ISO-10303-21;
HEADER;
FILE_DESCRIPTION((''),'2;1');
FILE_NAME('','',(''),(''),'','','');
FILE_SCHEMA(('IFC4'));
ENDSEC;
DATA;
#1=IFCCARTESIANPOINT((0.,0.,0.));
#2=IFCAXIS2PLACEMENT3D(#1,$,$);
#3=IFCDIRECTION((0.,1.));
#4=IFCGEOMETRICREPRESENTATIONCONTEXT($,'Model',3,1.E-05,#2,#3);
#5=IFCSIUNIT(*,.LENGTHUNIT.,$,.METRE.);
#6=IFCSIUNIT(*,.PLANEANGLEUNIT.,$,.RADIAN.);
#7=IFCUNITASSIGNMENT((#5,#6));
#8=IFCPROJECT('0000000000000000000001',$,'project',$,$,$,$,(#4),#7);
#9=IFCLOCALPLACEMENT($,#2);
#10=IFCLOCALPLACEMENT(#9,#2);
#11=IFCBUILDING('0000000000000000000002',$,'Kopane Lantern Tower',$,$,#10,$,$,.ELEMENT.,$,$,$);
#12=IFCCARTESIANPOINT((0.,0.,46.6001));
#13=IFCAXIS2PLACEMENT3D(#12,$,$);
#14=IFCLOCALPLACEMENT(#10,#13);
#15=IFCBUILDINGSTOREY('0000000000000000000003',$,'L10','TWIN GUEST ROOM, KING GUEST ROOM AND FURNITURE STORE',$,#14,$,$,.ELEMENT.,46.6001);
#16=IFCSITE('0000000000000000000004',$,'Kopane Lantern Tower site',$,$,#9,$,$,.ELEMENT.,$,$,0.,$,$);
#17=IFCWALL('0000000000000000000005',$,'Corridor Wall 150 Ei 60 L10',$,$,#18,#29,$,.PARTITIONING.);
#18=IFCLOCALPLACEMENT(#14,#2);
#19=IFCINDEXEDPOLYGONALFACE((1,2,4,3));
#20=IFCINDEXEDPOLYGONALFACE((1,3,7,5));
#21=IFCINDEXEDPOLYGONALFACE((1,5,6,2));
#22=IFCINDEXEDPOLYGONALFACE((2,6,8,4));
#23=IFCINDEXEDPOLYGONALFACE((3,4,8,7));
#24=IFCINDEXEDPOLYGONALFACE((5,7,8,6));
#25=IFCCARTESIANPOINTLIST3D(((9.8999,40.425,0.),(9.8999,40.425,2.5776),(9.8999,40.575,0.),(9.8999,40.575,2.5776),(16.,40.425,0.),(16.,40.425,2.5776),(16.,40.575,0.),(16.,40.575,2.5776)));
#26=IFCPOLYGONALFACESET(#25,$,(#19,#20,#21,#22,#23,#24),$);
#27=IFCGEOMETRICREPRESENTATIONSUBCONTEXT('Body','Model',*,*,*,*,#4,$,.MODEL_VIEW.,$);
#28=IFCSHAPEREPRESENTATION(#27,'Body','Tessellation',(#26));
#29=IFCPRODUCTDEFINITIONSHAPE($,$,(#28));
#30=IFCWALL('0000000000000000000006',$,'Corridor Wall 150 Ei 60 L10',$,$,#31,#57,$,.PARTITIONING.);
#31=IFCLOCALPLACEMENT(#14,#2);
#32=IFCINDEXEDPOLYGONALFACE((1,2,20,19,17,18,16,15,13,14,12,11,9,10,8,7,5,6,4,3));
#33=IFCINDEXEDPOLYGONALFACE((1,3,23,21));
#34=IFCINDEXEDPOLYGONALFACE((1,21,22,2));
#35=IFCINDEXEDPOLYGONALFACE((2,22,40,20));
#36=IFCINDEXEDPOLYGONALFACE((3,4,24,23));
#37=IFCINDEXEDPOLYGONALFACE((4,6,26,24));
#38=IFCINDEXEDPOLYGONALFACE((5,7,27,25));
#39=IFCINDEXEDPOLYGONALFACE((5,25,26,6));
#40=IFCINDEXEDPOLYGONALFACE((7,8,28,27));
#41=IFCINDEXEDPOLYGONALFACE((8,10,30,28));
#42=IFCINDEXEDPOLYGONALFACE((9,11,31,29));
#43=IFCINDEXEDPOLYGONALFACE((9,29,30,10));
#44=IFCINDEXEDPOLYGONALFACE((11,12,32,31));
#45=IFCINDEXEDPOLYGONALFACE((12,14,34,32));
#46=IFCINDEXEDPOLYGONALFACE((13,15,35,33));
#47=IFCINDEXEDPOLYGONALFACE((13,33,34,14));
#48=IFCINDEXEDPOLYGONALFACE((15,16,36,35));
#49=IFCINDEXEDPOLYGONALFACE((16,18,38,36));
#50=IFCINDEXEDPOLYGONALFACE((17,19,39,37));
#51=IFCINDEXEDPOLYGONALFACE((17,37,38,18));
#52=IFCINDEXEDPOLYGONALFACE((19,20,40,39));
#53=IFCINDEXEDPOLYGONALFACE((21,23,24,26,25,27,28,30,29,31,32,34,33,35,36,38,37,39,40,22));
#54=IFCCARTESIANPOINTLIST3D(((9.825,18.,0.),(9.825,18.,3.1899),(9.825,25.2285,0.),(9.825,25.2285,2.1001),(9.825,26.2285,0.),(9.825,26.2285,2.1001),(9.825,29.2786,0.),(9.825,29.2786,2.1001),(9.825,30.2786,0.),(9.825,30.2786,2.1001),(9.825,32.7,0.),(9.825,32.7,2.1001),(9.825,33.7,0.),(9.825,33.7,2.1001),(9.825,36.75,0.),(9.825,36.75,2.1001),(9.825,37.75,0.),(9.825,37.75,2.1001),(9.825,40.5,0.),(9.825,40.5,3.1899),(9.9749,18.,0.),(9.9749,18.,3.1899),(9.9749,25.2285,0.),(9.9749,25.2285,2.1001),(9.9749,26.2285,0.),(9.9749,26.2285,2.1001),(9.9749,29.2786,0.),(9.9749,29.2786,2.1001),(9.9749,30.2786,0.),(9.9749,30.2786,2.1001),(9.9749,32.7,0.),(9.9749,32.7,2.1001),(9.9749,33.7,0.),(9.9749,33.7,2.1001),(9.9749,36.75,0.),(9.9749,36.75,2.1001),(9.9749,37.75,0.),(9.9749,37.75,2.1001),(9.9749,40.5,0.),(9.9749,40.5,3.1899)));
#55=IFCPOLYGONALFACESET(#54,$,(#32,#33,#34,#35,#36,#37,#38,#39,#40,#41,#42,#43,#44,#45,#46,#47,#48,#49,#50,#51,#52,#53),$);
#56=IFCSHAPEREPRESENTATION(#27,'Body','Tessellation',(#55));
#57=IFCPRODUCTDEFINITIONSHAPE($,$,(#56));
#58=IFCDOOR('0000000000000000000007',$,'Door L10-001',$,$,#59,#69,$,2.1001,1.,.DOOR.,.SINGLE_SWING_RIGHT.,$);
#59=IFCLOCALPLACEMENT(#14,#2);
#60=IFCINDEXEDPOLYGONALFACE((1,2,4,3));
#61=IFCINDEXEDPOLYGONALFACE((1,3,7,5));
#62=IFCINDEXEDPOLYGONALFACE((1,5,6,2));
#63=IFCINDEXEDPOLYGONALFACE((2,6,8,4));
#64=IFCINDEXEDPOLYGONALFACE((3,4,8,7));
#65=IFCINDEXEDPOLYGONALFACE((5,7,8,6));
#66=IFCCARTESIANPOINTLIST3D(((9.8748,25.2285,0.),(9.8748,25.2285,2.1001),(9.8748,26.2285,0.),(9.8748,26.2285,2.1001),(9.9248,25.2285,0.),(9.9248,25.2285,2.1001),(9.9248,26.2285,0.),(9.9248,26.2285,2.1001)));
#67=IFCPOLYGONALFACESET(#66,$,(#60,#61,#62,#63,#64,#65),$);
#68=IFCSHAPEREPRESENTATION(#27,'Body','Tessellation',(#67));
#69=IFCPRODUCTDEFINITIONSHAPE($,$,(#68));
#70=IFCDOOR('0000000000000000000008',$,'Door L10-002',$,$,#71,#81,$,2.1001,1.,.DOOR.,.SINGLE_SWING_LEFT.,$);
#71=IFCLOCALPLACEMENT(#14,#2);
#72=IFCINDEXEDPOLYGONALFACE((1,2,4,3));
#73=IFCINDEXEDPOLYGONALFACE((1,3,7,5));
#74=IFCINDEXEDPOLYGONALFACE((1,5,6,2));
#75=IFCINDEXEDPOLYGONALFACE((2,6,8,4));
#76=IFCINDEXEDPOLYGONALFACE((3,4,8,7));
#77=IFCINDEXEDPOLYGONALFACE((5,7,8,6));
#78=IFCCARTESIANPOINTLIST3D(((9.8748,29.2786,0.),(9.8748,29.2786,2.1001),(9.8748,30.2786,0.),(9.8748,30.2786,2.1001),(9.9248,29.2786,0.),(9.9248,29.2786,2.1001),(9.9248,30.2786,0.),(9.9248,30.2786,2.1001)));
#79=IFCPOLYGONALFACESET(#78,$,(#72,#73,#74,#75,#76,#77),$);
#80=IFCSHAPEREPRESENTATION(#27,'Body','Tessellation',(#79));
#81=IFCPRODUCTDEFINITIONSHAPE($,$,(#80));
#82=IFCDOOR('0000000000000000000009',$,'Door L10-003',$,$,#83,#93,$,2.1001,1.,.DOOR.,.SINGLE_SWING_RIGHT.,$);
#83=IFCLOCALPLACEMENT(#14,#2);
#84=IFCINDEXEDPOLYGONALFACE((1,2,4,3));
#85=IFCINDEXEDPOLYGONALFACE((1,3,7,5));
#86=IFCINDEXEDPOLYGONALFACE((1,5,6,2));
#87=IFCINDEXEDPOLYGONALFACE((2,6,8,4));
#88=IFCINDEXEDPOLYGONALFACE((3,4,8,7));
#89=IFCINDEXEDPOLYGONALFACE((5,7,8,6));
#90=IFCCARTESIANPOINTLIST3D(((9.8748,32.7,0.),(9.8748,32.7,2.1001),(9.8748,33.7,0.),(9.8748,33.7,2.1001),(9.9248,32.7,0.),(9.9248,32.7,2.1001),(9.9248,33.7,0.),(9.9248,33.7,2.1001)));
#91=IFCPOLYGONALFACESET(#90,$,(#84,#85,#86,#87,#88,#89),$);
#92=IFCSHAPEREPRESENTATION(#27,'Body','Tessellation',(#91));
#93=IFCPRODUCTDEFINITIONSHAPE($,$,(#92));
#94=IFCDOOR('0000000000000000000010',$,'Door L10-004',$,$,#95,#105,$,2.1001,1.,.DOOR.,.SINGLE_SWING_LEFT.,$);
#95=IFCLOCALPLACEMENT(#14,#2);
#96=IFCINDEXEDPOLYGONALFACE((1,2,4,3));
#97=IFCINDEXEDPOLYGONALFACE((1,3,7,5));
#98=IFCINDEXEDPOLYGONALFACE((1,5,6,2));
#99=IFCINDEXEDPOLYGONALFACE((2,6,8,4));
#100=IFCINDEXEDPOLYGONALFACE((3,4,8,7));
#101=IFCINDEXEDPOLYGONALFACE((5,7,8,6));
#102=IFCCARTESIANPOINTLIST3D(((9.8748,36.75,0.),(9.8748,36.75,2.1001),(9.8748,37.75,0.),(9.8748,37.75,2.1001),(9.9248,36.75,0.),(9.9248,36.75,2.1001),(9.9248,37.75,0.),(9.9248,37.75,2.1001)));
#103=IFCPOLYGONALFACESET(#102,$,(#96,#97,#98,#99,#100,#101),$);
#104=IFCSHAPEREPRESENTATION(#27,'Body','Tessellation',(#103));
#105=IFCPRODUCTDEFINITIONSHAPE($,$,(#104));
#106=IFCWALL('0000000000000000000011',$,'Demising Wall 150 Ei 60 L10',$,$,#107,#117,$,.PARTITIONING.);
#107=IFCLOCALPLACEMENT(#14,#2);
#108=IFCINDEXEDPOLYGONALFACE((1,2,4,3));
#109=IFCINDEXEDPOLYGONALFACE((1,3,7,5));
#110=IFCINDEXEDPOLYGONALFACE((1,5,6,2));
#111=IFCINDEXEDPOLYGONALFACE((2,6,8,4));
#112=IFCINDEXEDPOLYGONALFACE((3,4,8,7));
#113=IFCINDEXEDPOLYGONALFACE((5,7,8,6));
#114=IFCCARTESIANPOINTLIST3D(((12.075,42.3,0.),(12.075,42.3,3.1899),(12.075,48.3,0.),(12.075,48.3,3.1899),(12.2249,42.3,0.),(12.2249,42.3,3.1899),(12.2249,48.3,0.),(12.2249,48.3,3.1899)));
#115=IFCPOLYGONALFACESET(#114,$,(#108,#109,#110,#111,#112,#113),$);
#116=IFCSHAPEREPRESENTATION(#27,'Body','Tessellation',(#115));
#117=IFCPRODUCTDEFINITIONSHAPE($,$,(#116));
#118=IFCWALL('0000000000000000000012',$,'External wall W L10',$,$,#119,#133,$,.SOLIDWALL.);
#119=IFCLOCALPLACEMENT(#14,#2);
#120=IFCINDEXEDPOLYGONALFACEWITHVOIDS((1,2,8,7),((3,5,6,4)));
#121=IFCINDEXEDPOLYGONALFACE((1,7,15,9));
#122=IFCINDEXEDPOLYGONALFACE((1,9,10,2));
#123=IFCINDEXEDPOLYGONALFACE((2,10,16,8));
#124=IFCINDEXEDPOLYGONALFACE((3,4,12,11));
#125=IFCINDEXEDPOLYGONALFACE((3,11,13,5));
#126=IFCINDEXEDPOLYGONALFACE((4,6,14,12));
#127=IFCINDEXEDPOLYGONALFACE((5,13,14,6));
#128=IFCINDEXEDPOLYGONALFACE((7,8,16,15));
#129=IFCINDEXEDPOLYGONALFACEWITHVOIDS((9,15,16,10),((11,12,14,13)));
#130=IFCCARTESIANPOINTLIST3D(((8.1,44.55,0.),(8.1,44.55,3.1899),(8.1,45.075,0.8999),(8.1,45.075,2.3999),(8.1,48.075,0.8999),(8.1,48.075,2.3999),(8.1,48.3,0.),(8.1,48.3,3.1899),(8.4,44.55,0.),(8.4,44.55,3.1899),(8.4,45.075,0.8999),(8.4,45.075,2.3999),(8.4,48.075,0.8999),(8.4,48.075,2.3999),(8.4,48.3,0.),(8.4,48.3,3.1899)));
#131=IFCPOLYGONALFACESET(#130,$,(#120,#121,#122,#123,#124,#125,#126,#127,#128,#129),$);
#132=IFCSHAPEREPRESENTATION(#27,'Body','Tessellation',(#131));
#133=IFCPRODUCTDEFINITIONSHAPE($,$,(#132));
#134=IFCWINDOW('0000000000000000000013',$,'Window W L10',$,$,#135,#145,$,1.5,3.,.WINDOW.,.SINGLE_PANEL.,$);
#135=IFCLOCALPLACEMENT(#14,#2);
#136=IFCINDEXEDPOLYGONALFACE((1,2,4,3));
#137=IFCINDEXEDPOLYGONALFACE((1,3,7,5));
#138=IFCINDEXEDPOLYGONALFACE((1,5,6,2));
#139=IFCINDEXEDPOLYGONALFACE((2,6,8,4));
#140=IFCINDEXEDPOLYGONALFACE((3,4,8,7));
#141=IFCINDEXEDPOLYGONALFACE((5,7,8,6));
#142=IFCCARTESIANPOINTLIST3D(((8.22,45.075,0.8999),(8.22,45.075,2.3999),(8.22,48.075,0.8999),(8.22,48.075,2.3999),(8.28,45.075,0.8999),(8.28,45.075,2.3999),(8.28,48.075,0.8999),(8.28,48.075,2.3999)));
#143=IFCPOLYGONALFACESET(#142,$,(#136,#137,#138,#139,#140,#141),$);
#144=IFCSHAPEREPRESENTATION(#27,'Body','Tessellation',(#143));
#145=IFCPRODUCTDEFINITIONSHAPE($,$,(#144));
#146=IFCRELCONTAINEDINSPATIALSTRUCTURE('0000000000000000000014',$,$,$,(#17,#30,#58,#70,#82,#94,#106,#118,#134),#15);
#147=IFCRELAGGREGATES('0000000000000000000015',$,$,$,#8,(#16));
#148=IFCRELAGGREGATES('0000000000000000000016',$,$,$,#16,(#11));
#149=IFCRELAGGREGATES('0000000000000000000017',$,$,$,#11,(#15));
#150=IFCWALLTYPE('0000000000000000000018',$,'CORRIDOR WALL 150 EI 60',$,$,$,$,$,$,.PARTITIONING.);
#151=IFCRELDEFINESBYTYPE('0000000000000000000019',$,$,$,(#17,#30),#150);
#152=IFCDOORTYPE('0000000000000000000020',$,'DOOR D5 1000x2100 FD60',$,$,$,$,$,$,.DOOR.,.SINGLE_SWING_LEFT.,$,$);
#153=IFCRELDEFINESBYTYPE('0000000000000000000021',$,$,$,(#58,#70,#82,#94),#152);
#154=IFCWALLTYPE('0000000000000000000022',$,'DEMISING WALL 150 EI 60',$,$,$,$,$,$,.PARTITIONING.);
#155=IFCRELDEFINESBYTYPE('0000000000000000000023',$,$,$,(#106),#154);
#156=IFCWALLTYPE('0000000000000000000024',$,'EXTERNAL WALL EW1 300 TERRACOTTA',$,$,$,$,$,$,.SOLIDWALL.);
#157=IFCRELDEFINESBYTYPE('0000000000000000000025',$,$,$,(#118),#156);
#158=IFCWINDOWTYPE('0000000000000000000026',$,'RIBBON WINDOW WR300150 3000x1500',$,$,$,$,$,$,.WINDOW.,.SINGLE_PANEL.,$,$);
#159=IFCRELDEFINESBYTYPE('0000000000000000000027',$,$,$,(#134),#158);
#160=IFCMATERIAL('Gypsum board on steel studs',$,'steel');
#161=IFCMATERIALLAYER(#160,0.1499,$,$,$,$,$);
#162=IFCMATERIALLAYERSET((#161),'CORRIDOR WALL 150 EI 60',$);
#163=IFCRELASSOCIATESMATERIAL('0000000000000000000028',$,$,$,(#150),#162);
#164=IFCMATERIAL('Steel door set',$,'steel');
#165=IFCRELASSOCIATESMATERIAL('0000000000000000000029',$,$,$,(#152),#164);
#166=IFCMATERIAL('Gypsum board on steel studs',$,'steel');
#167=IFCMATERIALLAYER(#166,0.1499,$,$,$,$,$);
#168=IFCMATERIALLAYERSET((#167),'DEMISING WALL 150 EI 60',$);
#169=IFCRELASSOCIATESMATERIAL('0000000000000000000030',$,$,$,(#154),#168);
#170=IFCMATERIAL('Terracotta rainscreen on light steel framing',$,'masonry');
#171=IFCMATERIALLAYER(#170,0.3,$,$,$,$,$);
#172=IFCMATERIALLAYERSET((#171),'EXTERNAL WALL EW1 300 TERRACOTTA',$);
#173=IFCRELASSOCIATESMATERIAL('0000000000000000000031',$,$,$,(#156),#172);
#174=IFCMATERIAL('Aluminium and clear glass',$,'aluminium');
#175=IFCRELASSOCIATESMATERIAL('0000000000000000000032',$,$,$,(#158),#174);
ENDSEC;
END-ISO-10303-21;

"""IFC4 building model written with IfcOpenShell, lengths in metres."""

from ifc_helpers import new_model, si_unit, direction, frame, frame_2d, origin, place, context, subcontext, project, spatial, rectangle, extrude, material, layer, layer_set, type_object, element, fill, save


model = new_model("IFC4")

# Units and contexts
model_context = context("Model", 3, precision=1e-05, world=origin(), true_north=direction((0.0, 1.0)))
body_context = subcontext(model_context, "Body", "Model", "MODEL_VIEW")
ifc_project = project(units=[si_unit("LENGTHUNIT", "METRE"), si_unit("PLANEANGLEUNIT", "RADIAN")], contexts=[model_context])

# Site, building, storey
site_placement = place(None, origin())
site = spatial("IfcSite", under=ifc_project, at=site_placement, Name="Kopane Lantern Tower site", CompositionType="ELEMENT", RefElevation=0.0)
building_placement = place(site_placement, origin())
building = spatial("IfcBuilding", under=site, at=building_placement, Name="Kopane Lantern Tower", CompositionType="ELEMENT")
storey_placement = place(building_placement, frame((0.0, 0.0, 46.6001)))
storey = spatial("IfcBuildingStorey", under=building, at=storey_placement, Name="L10", Description="TWIN GUEST ROOM, KING GUEST ROOM AND FURNITURE STORE", CompositionType="ELEMENT", Elevation=46.6001)

# Wall
ifc_material_1 = material(Name="Gypsum board on steel studs", Category="steel")
ifc_layer_1 = layer(ifc_material_1, 0.1499)
ifc_layer_set_1 = layer_set([ifc_layer_1], Name="CORRIDOR WALL 150 EI 60")
wall_type_1 = type_object("IfcWallType", Name="CORRIDOR WALL 150 EI 60", PredefinedType="PARTITIONING", material=ifc_layer_set_1)
wall_1_placement = place(storey_placement, frame((16.0, 40.5, 0.0), z_axis=(0.0, 0.0, 1.0), x_axis=(-1.0, 0.0, 0.0)))
element("IfcWall", 1, at=wall_1_placement, inside=storey, type_object=wall_type_1, Name="Corridor Wall 150 Ei 60 L10", PredefinedType="PARTITIONING", context=body_context, shape_type="SweptSolid", body=[
    extrude(rectangle(XDim=6.1001, YDim=0.1499, at=frame_2d((3.05, 0.0))), origin(), (0.0, 0.0, 1.0), 2.5776),
])

# Wall, openings, doors
wall_2_placement = place(storey_placement, frame((9.8999, 40.5, 0.0), z_axis=(0.0, 0.0, 1.0), x_axis=(0.0, -1.0, 0.0)))
wall_2 = element("IfcWall", 2, at=wall_2_placement, inside=storey, type_object=wall_type_1, Name="Corridor Wall 150 Ei 60 L10", PredefinedType="PARTITIONING", context=body_context, shape_type="SweptSolid", body=[
    extrude(rectangle(XDim=22.5, YDim=0.1499, at=frame_2d((11.25, 0.0))), origin(), (0.0, 0.0, 1.0), 3.1899),
])
opening_1_placement = place(wall_2_placement, frame((14.2715, 0.0, 0.0)))
opening_1 = element("IfcOpeningElement", 3, at=opening_1_placement, cuts=wall_2, PredefinedType="OPENING", context=body_context, shape_type="SweptSolid", body=[
    extrude(rectangle(XDim=1.0, YDim=2.1001, at=frame_2d((0.5, 1.05))), frame((0.0, 0.085, 0.0), z_axis=(0.0, -1.0, 0.0), x_axis=(1.0, 0.0, 0.0)), (0.0, 0.0, 1.0), 0.1699),
])
opening_2_placement = place(wall_2_placement, frame((10.2214, 0.0, 0.0)))
opening_2 = element("IfcOpeningElement", 4, at=opening_2_placement, cuts=wall_2, PredefinedType="OPENING", context=body_context, shape_type="SweptSolid", body=[
    extrude(rectangle(XDim=1.0, YDim=2.1001, at=frame_2d((0.5, 1.05))), frame((0.0, 0.085, 0.0), z_axis=(0.0, -1.0, 0.0), x_axis=(1.0, 0.0, 0.0)), (0.0, 0.0, 1.0), 0.1699),
])
opening_3_placement = place(wall_2_placement, frame((6.8, 0.0, 0.0)))
opening_3 = element("IfcOpeningElement", 5, at=opening_3_placement, cuts=wall_2, PredefinedType="OPENING", context=body_context, shape_type="SweptSolid", body=[
    extrude(rectangle(XDim=1.0, YDim=2.1001, at=frame_2d((0.5, 1.05))), frame((0.0, 0.085, 0.0), z_axis=(0.0, -1.0, 0.0), x_axis=(1.0, 0.0, 0.0)), (0.0, 0.0, 1.0), 0.1699),
])
opening_4_placement = place(wall_2_placement, frame((2.75, 0.0, 0.0)))
opening_4 = element("IfcOpeningElement", 6, at=opening_4_placement, cuts=wall_2, PredefinedType="OPENING", context=body_context, shape_type="SweptSolid", body=[
    extrude(rectangle(XDim=1.0, YDim=2.1001, at=frame_2d((0.5, 1.05))), frame((0.0, 0.085, 0.0), z_axis=(0.0, -1.0, 0.0), x_axis=(1.0, 0.0, 0.0)), (0.0, 0.0, 1.0), 0.1699),
])
ifc_material_2 = material(Name="Steel door set", Category="steel")
door_type_1 = type_object("IfcDoorType", Name="DOOR D5 1000x2100 FD60", OperationType="SINGLE_SWING_LEFT", PredefinedType="DOOR", material=ifc_material_2)
door_1_placement = place(opening_1_placement, origin())
door_1 = element("IfcDoor", 7, at=door_1_placement, inside=storey, type_object=door_type_1, Name="Door L10-001", OperationType="SINGLE_SWING_RIGHT", OverallHeight=2.1001, OverallWidth=1.0, PredefinedType="DOOR", context=body_context, shape_type="SweptSolid", body=[
    extrude(rectangle(XDim=1.0, YDim=2.1001, at=frame_2d((0.5, 1.05))), frame((0.0, 0.0249, 0.0), z_axis=(0.0, -1.0, 0.0), x_axis=(1.0, 0.0, 0.0)), (0.0, 0.0, 1.0), 0.05),
])
fill(opening_1, door_1)
door_2_placement = place(opening_2_placement, origin())
door_2 = element("IfcDoor", 8, at=door_2_placement, inside=storey, type_object=door_type_1, Name="Door L10-002", OperationType="SINGLE_SWING_LEFT", OverallHeight=2.1001, OverallWidth=1.0, PredefinedType="DOOR", context=body_context, shape_type="SweptSolid", body=[
    extrude(rectangle(XDim=1.0, YDim=2.1001, at=frame_2d((0.5, 1.05))), frame((0.0, 0.0249, 0.0), z_axis=(0.0, -1.0, 0.0), x_axis=(1.0, 0.0, 0.0)), (0.0, 0.0, 1.0), 0.05),
])
fill(opening_2, door_2)
door_3_placement = place(opening_3_placement, origin())
door_3 = element("IfcDoor", 9, at=door_3_placement, inside=storey, type_object=door_type_1, Name="Door L10-003", OperationType="SINGLE_SWING_RIGHT", OverallHeight=2.1001, OverallWidth=1.0, PredefinedType="DOOR", context=body_context, shape_type="SweptSolid", body=[
    extrude(rectangle(XDim=1.0, YDim=2.1001, at=frame_2d((0.5, 1.05))), frame((0.0, 0.0249, 0.0), z_axis=(0.0, -1.0, 0.0), x_axis=(1.0, 0.0, 0.0)), (0.0, 0.0, 1.0), 0.05),
])
fill(opening_3, door_3)
door_4_placement = place(opening_4_placement, origin())
door_4 = element("IfcDoor", 10, at=door_4_placement, inside=storey, type_object=door_type_1, Name="Door L10-004", OperationType="SINGLE_SWING_LEFT", OverallHeight=2.1001, OverallWidth=1.0, PredefinedType="DOOR", context=body_context, shape_type="SweptSolid", body=[
    extrude(rectangle(XDim=1.0, YDim=2.1001, at=frame_2d((0.5, 1.05))), frame((0.0, 0.0249, 0.0), z_axis=(0.0, -1.0, 0.0), x_axis=(1.0, 0.0, 0.0)), (0.0, 0.0, 1.0), 0.05),
])
fill(opening_4, door_4)

# Wall
ifc_material_3 = material(Name="Gypsum board on steel studs", Category="steel")
ifc_layer_2 = layer(ifc_material_3, 0.1499)
ifc_layer_set_2 = layer_set([ifc_layer_2], Name="DEMISING WALL 150 EI 60")
wall_type_2 = type_object("IfcWallType", Name="DEMISING WALL 150 EI 60", PredefinedType="PARTITIONING", material=ifc_layer_set_2)
wall_3_placement = place(storey_placement, frame((12.1499, 42.3, 0.0), z_axis=(0.0, 0.0, 1.0), x_axis=(0.0, 1.0, 0.0)))
element("IfcWall", 11, at=wall_3_placement, inside=storey, type_object=wall_type_2, Name="Demising Wall 150 Ei 60 L10", PredefinedType="PARTITIONING", context=body_context, shape_type="SweptSolid", body=[
    extrude(rectangle(XDim=6.0, YDim=0.1499, at=frame_2d((3.0, 0.0))), origin(), (0.0, 0.0, 1.0), 3.1899),
])

# Wall, opening, window
ifc_material_4 = material(Name="Terracotta rainscreen on light steel framing", Category="masonry")
ifc_layer_3 = layer(ifc_material_4, 0.3)
ifc_layer_set_3 = layer_set([ifc_layer_3], Name="EXTERNAL WALL EW1 300 TERRACOTTA")
wall_type_3 = type_object("IfcWallType", Name="EXTERNAL WALL EW1 300 TERRACOTTA", PredefinedType="SOLIDWALL", material=ifc_layer_set_3)
wall_4_placement = place(storey_placement, frame((8.25, 48.3, 0.0), z_axis=(0.0, 0.0, 1.0), x_axis=(0.0, -1.0, 0.0)))
wall_4 = element("IfcWall", 12, at=wall_4_placement, inside=storey, type_object=wall_type_3, Name="External wall W L10", PredefinedType="SOLIDWALL", context=body_context, shape_type="SweptSolid", body=[
    extrude(rectangle(XDim=3.75, YDim=0.3, at=frame_2d((1.875, 0.0))), origin(), (0.0, 0.0, 1.0), 3.1899),
])
opening_5_placement = place(wall_4_placement, frame((0.2251, 0.0, 0.8999)))
opening_5 = element("IfcOpeningElement", 13, at=opening_5_placement, cuts=wall_4, PredefinedType="OPENING", context=body_context, shape_type="SweptSolid", body=[
    extrude(rectangle(XDim=3.0, YDim=1.5, at=frame_2d((1.5, 0.75))), frame((0.0, 0.1599, 0.0), z_axis=(0.0, -1.0, 0.0), x_axis=(1.0, 0.0, 0.0)), (0.0, 0.0, 1.0), 0.3201),
])
ifc_material_5 = material(Name="Aluminium and clear glass", Category="aluminium")
window_type = type_object("IfcWindowType", Name="RIBBON WINDOW WR300150 3000x1500", PartitioningType="SINGLE_PANEL", PredefinedType="WINDOW", material=ifc_material_5)
window_1_placement = place(opening_5_placement, origin())
window_1 = element("IfcWindow", 14, at=window_1_placement, inside=storey, type_object=window_type, Name="Window W L10", OverallHeight=1.5, OverallWidth=3.0, PartitioningType="SINGLE_PANEL", PredefinedType="WINDOW", context=body_context, shape_type="SweptSolid", body=[
    extrude(rectangle(XDim=3.0, YDim=1.5, at=frame_2d((1.5, 0.75))), frame((0.0, 0.03, 0.0), z_axis=(0.0, -1.0, 0.0), x_axis=(1.0, 0.0, 0.0)), (0.0, 0.0, 1.0), 0.0601),
])
fill(opening_5, window_1)

save(model, "model.ifc")
